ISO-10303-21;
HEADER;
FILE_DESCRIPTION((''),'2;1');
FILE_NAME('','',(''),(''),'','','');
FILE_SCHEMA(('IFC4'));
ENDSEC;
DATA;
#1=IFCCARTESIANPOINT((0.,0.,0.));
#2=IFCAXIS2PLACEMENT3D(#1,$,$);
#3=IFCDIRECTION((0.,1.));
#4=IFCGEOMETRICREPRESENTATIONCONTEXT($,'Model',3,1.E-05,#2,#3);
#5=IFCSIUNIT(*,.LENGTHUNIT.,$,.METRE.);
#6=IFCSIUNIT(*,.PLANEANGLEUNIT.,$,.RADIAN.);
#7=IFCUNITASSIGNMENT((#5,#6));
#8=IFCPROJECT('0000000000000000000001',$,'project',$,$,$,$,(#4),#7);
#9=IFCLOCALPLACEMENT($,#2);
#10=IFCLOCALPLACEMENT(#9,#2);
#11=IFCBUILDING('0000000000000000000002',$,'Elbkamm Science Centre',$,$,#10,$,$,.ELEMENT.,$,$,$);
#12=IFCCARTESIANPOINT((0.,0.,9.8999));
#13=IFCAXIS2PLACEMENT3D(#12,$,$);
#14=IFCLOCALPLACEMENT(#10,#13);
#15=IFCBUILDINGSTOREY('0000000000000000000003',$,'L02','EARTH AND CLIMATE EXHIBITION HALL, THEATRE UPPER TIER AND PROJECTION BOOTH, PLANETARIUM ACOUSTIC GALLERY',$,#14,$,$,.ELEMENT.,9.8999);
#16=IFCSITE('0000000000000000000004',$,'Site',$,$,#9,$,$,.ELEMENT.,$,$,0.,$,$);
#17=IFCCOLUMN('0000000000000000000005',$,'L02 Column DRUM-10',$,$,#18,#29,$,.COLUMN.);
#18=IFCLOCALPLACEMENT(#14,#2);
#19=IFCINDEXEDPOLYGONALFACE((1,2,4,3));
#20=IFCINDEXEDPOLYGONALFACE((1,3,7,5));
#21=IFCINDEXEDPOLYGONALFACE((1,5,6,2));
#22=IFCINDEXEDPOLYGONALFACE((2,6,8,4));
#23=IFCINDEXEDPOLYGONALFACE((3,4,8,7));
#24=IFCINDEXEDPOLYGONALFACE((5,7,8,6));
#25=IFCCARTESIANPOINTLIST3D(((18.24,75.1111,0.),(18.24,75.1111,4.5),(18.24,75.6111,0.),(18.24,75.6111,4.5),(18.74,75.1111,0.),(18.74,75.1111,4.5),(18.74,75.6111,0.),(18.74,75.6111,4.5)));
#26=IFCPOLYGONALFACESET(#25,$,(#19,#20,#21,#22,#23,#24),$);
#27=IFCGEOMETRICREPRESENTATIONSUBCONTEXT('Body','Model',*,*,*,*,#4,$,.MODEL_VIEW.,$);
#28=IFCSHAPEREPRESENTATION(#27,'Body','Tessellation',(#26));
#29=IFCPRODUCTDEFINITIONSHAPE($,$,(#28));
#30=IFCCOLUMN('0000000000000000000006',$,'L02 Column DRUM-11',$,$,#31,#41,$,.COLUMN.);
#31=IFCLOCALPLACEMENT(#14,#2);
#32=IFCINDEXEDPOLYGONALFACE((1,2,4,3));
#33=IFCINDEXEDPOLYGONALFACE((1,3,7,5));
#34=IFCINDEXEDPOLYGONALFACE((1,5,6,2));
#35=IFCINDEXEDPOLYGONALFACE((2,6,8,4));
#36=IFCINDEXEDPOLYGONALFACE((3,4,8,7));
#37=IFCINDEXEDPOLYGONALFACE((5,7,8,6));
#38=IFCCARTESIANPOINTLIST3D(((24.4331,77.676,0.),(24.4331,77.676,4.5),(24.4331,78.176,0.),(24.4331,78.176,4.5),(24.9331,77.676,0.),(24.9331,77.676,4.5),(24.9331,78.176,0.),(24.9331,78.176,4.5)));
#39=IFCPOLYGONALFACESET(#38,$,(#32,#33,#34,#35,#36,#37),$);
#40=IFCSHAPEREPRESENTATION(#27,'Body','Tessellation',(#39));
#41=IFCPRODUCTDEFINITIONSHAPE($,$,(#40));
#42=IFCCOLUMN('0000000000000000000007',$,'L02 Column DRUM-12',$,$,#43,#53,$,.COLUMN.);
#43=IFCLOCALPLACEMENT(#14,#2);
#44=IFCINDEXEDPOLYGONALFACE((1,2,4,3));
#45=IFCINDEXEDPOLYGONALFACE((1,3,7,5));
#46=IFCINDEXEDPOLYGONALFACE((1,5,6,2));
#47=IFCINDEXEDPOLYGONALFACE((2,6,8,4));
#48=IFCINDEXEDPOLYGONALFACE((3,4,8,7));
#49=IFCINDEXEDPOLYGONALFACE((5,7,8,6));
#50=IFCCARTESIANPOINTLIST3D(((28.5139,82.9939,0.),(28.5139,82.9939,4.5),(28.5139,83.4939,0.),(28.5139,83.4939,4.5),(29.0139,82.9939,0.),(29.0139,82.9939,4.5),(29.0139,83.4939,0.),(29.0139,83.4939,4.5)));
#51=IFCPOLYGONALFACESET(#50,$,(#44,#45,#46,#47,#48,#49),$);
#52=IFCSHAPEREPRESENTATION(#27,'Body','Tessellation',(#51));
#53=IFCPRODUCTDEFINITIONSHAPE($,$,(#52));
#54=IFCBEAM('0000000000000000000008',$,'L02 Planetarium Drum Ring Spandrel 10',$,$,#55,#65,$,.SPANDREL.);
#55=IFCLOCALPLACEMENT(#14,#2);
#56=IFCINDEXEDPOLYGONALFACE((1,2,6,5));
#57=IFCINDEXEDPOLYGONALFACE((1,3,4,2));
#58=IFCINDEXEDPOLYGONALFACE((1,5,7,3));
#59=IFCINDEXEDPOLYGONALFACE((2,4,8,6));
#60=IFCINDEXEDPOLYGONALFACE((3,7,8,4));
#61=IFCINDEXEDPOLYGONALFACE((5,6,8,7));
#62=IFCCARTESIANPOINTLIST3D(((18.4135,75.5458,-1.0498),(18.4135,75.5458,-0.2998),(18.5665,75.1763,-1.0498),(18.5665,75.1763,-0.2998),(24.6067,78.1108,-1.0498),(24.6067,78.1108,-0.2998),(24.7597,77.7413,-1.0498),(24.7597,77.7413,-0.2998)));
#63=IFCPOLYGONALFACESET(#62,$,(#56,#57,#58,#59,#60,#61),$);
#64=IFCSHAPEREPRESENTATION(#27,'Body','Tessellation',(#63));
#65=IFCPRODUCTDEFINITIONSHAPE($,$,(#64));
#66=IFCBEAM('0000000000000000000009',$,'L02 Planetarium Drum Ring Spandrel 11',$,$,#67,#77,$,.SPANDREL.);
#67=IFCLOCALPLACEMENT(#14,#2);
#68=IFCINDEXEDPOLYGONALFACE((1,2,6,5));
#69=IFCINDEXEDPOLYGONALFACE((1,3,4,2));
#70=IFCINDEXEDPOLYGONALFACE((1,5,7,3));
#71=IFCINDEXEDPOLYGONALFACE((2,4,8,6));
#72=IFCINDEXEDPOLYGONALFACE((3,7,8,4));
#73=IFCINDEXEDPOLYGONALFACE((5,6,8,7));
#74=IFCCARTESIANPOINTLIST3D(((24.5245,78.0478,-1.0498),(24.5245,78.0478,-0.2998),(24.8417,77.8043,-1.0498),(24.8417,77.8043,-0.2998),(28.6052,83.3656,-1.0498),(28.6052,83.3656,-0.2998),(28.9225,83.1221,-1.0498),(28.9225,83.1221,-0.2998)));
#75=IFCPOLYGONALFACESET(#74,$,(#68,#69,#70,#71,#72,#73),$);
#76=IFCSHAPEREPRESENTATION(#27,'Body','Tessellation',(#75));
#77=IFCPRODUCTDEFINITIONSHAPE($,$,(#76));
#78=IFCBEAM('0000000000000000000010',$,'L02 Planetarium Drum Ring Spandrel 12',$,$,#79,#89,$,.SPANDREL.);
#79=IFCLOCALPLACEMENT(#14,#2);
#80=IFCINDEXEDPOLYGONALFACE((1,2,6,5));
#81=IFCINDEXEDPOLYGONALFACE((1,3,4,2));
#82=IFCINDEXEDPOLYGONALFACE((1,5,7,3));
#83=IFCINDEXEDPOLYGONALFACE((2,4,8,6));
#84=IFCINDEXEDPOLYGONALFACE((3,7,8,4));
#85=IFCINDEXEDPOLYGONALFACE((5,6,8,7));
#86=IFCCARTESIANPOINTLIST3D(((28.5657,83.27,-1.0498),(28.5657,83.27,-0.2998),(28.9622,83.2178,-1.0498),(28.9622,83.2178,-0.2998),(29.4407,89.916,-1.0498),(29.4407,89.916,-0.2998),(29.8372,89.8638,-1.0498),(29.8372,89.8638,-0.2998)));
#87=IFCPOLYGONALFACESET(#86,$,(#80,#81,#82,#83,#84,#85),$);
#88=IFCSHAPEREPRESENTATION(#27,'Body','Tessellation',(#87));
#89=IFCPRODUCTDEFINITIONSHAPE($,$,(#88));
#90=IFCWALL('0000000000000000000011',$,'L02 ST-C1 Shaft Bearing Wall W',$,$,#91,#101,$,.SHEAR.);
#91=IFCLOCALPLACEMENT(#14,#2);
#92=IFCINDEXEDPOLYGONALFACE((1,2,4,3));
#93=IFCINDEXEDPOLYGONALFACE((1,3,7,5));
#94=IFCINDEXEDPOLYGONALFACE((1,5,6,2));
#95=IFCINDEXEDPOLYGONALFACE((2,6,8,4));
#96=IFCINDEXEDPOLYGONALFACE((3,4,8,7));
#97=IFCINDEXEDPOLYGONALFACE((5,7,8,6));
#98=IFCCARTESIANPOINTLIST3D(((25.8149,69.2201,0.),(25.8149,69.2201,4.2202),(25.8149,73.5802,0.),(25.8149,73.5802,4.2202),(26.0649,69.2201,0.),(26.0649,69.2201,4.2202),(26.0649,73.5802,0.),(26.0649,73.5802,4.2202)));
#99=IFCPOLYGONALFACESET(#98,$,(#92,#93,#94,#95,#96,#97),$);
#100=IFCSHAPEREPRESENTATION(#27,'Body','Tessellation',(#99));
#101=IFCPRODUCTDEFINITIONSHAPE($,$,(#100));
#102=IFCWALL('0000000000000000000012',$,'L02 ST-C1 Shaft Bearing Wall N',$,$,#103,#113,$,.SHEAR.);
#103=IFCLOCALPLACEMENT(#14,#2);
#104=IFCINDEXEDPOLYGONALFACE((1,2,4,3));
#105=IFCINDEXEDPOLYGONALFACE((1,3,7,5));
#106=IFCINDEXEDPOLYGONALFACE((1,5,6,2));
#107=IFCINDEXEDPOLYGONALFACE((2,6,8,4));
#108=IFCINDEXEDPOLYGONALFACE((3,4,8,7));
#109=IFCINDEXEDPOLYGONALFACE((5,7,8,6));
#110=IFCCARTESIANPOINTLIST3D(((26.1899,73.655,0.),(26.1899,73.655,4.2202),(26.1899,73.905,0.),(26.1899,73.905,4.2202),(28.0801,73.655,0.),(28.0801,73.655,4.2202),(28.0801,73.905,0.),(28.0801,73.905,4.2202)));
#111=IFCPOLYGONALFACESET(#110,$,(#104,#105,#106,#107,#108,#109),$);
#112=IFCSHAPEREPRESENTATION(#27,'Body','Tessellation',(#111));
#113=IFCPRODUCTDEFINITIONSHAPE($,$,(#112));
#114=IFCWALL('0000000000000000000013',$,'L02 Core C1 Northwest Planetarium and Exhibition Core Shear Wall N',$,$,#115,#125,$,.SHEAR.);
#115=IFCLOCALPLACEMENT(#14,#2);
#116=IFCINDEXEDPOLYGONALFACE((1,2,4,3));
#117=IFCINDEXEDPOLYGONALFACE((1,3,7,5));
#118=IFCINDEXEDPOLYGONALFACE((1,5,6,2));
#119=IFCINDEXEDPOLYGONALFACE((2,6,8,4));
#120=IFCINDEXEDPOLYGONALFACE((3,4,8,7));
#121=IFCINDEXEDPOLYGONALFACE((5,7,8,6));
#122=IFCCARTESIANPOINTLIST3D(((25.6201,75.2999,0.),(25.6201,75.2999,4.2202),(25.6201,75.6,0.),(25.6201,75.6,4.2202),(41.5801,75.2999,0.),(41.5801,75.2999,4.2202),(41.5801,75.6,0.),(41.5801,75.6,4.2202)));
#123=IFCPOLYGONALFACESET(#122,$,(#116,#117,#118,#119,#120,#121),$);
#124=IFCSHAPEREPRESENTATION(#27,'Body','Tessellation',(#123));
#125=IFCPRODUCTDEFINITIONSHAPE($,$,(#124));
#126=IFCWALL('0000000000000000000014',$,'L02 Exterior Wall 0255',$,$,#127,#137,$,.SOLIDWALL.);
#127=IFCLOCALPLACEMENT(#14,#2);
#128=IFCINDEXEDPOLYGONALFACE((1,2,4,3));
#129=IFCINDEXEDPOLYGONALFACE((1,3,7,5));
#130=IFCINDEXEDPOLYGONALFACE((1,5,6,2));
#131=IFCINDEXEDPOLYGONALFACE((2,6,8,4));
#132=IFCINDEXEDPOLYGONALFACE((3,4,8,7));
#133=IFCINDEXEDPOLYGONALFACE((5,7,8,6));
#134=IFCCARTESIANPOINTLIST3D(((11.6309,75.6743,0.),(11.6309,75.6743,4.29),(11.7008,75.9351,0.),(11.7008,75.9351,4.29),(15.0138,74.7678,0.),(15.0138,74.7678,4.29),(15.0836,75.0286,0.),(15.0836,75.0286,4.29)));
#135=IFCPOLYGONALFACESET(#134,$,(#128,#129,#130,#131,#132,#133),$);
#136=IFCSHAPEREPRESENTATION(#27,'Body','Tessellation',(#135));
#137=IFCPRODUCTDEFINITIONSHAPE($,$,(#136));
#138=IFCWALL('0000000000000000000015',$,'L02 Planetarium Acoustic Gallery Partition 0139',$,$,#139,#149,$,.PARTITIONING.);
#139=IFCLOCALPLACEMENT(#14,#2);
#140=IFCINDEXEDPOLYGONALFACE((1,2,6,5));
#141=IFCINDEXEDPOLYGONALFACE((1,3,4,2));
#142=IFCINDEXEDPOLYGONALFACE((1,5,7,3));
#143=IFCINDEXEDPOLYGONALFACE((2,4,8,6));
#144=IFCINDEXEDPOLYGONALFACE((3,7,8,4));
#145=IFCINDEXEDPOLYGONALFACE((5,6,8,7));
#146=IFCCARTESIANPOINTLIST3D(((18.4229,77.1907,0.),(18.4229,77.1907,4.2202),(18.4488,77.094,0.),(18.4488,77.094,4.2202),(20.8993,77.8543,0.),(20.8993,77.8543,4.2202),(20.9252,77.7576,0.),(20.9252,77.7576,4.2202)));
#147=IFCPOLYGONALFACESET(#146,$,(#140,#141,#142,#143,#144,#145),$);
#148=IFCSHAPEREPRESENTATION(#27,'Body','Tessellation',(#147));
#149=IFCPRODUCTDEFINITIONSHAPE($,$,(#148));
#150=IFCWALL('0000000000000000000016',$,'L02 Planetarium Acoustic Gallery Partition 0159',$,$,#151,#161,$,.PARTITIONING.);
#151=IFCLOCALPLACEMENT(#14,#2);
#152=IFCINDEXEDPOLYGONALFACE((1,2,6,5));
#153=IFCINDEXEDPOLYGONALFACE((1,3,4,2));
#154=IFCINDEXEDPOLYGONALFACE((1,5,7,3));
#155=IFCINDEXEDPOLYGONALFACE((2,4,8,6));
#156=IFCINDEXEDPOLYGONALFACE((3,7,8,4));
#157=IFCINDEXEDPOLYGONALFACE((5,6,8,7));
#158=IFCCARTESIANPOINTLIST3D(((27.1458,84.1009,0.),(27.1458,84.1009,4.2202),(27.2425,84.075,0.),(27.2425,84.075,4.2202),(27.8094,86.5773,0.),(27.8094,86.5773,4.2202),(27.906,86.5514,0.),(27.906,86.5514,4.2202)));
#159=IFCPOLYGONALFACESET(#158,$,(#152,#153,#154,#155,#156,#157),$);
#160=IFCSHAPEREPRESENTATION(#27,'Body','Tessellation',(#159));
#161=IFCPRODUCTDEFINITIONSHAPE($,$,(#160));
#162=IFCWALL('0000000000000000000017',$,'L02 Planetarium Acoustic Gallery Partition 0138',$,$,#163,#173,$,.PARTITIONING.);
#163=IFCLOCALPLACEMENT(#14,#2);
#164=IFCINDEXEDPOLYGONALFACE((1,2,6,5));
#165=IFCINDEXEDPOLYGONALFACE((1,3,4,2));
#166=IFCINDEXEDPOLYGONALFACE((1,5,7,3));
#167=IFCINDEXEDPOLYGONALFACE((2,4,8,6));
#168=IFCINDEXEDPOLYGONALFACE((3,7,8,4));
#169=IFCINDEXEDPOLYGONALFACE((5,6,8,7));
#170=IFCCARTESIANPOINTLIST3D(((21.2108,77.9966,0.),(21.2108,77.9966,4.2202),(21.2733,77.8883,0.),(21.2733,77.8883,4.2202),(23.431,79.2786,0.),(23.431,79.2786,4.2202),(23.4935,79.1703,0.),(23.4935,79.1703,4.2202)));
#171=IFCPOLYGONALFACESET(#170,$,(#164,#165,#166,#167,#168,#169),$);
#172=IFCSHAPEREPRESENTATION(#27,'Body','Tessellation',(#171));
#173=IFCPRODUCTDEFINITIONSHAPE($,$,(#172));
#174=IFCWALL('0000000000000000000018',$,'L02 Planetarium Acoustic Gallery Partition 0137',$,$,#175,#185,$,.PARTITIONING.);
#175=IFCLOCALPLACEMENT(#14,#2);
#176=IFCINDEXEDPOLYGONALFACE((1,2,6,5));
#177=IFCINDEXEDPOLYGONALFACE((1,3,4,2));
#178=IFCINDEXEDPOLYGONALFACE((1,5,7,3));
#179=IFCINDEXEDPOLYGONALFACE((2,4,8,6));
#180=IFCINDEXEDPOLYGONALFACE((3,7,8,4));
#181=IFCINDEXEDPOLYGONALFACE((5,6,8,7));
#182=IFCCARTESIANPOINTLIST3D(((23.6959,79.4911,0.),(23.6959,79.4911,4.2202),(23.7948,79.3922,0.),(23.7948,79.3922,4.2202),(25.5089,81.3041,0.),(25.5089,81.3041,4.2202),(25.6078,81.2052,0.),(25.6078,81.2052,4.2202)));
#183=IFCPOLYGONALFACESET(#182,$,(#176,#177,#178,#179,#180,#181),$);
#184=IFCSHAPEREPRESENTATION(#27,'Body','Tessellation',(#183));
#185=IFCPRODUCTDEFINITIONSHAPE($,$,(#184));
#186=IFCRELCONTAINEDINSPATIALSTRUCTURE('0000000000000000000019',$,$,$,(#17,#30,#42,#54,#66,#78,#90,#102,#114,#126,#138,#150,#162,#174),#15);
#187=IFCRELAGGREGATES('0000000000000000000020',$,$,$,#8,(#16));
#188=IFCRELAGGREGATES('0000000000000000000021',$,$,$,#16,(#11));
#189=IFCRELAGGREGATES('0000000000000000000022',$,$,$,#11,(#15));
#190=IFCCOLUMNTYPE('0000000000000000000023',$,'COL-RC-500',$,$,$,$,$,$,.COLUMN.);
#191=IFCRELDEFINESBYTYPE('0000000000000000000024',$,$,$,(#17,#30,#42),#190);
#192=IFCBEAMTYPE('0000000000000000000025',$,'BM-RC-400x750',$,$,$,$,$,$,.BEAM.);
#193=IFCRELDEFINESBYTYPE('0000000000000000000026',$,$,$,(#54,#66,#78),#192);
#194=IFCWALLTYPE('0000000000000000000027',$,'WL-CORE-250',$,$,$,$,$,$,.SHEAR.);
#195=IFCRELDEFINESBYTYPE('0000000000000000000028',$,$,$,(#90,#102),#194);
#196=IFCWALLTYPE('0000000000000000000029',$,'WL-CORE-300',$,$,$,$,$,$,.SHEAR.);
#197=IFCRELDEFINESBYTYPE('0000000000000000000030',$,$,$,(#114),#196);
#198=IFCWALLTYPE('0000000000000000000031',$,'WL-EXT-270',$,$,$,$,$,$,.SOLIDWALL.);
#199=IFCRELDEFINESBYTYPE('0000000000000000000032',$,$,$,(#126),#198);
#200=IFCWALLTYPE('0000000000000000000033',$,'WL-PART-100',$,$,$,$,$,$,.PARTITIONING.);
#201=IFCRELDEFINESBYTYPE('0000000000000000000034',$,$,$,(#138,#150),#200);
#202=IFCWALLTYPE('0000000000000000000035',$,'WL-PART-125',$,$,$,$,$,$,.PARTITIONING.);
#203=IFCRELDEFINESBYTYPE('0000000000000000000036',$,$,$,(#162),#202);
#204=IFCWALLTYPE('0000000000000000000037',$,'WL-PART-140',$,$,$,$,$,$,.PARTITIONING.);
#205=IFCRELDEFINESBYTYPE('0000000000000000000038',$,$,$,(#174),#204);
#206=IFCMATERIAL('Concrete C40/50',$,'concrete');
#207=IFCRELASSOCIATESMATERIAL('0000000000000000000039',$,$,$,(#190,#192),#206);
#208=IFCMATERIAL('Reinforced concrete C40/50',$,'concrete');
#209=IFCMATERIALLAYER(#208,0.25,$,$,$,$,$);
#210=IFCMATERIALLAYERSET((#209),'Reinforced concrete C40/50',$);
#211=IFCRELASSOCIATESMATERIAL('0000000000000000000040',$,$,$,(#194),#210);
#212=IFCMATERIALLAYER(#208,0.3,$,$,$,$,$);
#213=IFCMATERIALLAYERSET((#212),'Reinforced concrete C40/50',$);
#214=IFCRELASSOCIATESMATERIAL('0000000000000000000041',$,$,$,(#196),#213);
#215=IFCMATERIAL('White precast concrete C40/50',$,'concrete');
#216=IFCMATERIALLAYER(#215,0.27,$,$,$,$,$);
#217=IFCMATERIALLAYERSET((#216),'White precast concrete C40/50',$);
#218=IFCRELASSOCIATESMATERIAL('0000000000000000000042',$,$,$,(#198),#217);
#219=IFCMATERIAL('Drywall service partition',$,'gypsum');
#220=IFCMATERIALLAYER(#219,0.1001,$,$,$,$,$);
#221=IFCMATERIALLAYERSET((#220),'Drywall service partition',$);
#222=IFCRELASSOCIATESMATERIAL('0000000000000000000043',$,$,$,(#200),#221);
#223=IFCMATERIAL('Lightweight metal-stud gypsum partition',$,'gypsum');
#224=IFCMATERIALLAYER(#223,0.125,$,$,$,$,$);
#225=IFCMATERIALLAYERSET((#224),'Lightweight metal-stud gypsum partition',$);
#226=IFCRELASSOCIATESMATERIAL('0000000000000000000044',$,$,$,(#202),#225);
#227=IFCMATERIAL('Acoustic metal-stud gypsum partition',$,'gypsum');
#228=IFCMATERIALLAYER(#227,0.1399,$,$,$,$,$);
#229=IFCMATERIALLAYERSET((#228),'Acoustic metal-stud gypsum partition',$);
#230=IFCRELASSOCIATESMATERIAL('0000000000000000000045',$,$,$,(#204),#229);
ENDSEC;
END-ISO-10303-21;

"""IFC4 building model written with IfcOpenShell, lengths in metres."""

from ifc_helpers import new_model, si_unit, direction, frame, frame_2d, origin, origin_2d, place, context, subcontext, project, spatial, rectangle, extrude, material, layer, layer_set, material_profile, profile_set, type_object, element, save


model = new_model("IFC4")

# Units and contexts
model_context = context("Model", 3, precision=1e-05, world=origin(), true_north=direction((0.0, 1.0)))
body_context = subcontext(model_context, "Body", "Model", "MODEL_VIEW")
ifc_project = project(units=[si_unit("LENGTHUNIT", "METRE"), si_unit("PLANEANGLEUNIT", "RADIAN")], contexts=[model_context])

# Site, building, storey
site_placement = place(None, origin())
site = spatial("IfcSite", under=ifc_project, at=site_placement, Name="Site", CompositionType="ELEMENT", RefElevation=0.0)
building_placement = place(site_placement, origin())
building = spatial("IfcBuilding", under=site, at=building_placement, Name="Elbkamm Science Centre", CompositionType="ELEMENT")
storey_placement = place(building_placement, frame((0.0, 0.0, 9.8999)))
storey = spatial("IfcBuildingStorey", under=building, at=storey_placement, Name="L02", Description="EARTH AND CLIMATE EXHIBITION HALL, THEATRE UPPER TIER AND PROJECTION BOOTH, PLANETARIUM ACOUSTIC GALLERY", CompositionType="ELEMENT", Elevation=9.8999)

# Columns
ifc_material_1 = material(Name="Concrete C40/50", Category="concrete")
ifc_material_profile_1 = material_profile(ifc_material_1, rectangle(XDim=0.5, YDim=0.5, at=origin_2d()), Name="RC 500x500")
ifc_profile_set_1 = profile_set([ifc_material_profile_1], Name="Concrete C40/50")
column_type = type_object("IfcColumnType", Name="COL-RC-500", PredefinedType="COLUMN", material=ifc_profile_set_1)
for number, where, z_axis, x_axis, name in (
    (1, (18.49, 75.3611, 0.0), (0.0, 0.0, 1.0), (1.0, 0.0, 0.0), "L02 Column DRUM-10"),
    (2, (24.6831, 77.926, 0.0), (0.0, 0.0, 1.0), (1.0, 0.0, 0.0), "L02 Column DRUM-11"),
    (3, (28.7639, 83.2439, 0.0), (0.0, 0.0, 1.0), (1.0, 0.0, 0.0), "L02 Column DRUM-12"),
):
    element("IfcColumn", number, at=place(storey_placement, frame(where, z_axis=z_axis, x_axis=x_axis)), inside=storey, type_object=column_type, Name=name, PredefinedType="COLUMN", context=body_context, shape_type="SweptSolid", body=[
        extrude(rectangle(XDim=0.5, YDim=0.5, at=origin_2d()), origin(), (0.0, 0.0, 1.0), 4.5),
    ])

# Beams
ifc_material_profile_2 = material_profile(ifc_material_1, rectangle(XDim=0.3999, YDim=0.75, at=origin_2d()), Name="RC 400x750")
ifc_profile_set_2 = profile_set([ifc_material_profile_2], Name="Concrete C40/50")
beam_type = type_object("IfcBeamType", Name="BM-RC-400x750", PredefinedType="BEAM", material=ifc_profile_set_2)
beam_1_placement = place(storey_placement, frame((18.49, 75.3611, -0.6748), z_axis=(0.923897, 0.382641, 0.0), x_axis=(-0.382641, 0.923897, 0.0)))
element("IfcBeam", 4, at=beam_1_placement, inside=storey, type_object=beam_type, Name="L02 Planetarium Drum Ring Spandrel 10", PredefinedType="SPANDREL", context=body_context, shape_type="SweptSolid", body=[
    extrude(rectangle(XDim=0.3999, YDim=0.75, at=origin_2d()), origin(), (0.0, 0.0, 1.0), 6.7034),
])
beam_2_placement = place(storey_placement, frame((24.6831, 77.926, -0.6748), z_axis=(0.608786, 0.793334, 0.0), x_axis=(-0.793334, 0.608786, 0.0)))
element("IfcBeam", 5, at=beam_2_placement, inside=storey, type_object=beam_type, Name="L02 Planetarium Drum Ring Spandrel 11", PredefinedType="SPANDREL", context=body_context, shape_type="SweptSolid", body=[
    extrude(rectangle(XDim=0.3999, YDim=0.75, at=origin_2d()), origin(), (0.0, 0.0, 1.0), 6.7031),
])
beam_3_placement = place(storey_placement, frame((28.7639, 83.2439, -0.6748), z_axis=(0.130532, 0.991444, 0.0), x_axis=(-0.991444, 0.130532, 0.0)))
element("IfcBeam", 6, at=beam_3_placement, inside=storey, type_object=beam_type, Name="L02 Planetarium Drum Ring Spandrel 12", PredefinedType="SPANDREL", context=body_context, shape_type="SweptSolid", body=[
    extrude(rectangle(XDim=0.3999, YDim=0.75, at=origin_2d()), origin(), (0.0, 0.0, 1.0), 6.7034),
])

# Walls
ifc_material_2 = material(Name="Reinforced concrete C40/50", Category="concrete")
ifc_layer_1 = layer(ifc_material_2, 0.25)
ifc_layer_set_1 = layer_set([ifc_layer_1], Name="Reinforced concrete C40/50")
wall_type_1 = type_object("IfcWallType", Name="WL-CORE-250", PredefinedType="SHEAR", material=ifc_layer_set_1)
wall_1_placement = place(storey_placement, frame((25.9399, 69.22, 0.0), z_axis=(0.0, 0.0, 1.0), x_axis=(0.0, 1.0, 0.0)))
element("IfcWall", 7, at=wall_1_placement, inside=storey, type_object=wall_type_1, Name="L02 ST-C1 Shaft Bearing Wall W", PredefinedType="SHEAR", context=body_context, shape_type="SweptSolid", body=[
    extrude(rectangle(XDim=4.3601, YDim=0.25, at=frame_2d((2.1802, 0.0))), origin(), (0.0, 0.0, 1.0), 4.2202),
])
wall_2_placement = place(storey_placement, frame((26.1899, 73.78, 0.0), z_axis=(0.0, 0.0, 1.0), x_axis=(1.0, 0.0, 0.0)))
element("IfcWall", 8, at=wall_2_placement, inside=storey, type_object=wall_type_1, Name="L02 ST-C1 Shaft Bearing Wall N", PredefinedType="SHEAR", context=body_context, shape_type="SweptSolid", body=[
    extrude(rectangle(XDim=1.8901, YDim=0.25, at=frame_2d((0.9451, 0.0))), origin(), (0.0, 0.0, 1.0), 4.2202),
])
ifc_layer_2 = layer(ifc_material_2, 0.3)
ifc_layer_set_2 = layer_set([ifc_layer_2], Name="Reinforced concrete C40/50")
wall_type_2 = type_object("IfcWallType", Name="WL-CORE-300", PredefinedType="SHEAR", material=ifc_layer_set_2)
wall_3_placement = place(storey_placement, frame((25.6201, 75.45, 0.0), z_axis=(0.0, 0.0, 1.0), x_axis=(1.0, 0.0, 0.0)))
element("IfcWall", 9, at=wall_3_placement, inside=storey, type_object=wall_type_2, Name="L02 Core C1 Northwest Planetarium and Exhibition Core Shear Wall N", PredefinedType="SHEAR", context=body_context, shape_type="SweptSolid", body=[
    extrude(rectangle(XDim=15.96, YDim=0.3, at=frame_2d((7.98, 0.0))), origin(), (0.0, 0.0, 1.0), 4.2202),
])
ifc_material_3 = material(Name="White precast concrete C40/50", Category="concrete")
ifc_layer_3 = layer(ifc_material_3, 0.27)
ifc_layer_set_3 = layer_set([ifc_layer_3], Name="White precast concrete C40/50")
wall_type_3 = type_object("IfcWallType", Name="WL-EXT-270", PredefinedType="SOLIDWALL", material=ifc_layer_set_3)
wall_4_placement = place(storey_placement, frame((15.0486, 74.8982, 0.0), z_axis=(0.0, 0.0, 1.0), x_axis=(-0.965921, 0.258838, 0.0)))
element("IfcWall", 10, at=wall_4_placement, inside=storey, type_object=wall_type_3, Name="L02 Exterior Wall 0255", PredefinedType="SOLIDWALL", context=body_context, shape_type="SweptSolid", body=[
    extrude(rectangle(XDim=3.5022, YDim=0.27, at=frame_2d((1.751, 0.0))), origin(), (0.0, 0.0, 1.0), 4.29),
])
ifc_material_4 = material(Name="Drywall service partition", Category="gypsum")
ifc_layer_4 = layer(ifc_material_4, 0.1001)
ifc_layer_set_4 = layer_set([ifc_layer_4], Name="Drywall service partition")
wall_type_4 = type_object("IfcWallType", Name="WL-PART-100", PredefinedType="PARTITIONING", material=ifc_layer_set_4)
for number, where, z_axis, x_axis, name in (
    (11, (20.9121, 77.8059, 0.0), (0.0, 0.0, 1.0), (-0.965921, -0.258836, 0.0), "L02 Planetarium Acoustic Gallery Partition 0139"),
    (12, (27.8577, 86.5642, 0.0), (0.0, 0.0, 1.0), (-0.258836, -0.965921, 0.0), "L02 Planetarium Acoustic Gallery Partition 0159"),
):
    element("IfcWall", number, at=place(storey_placement, frame(where, z_axis=z_axis, x_axis=x_axis)), inside=storey, type_object=wall_type_4, Name=name, PredefinedType="PARTITIONING", context=body_context, shape_type="SweptSolid", body=[
        extrude(rectangle(XDim=2.5637, YDim=0.1001, at=frame_2d((1.2817, 0.0))), origin(), (0.0, 0.0, 1.0), 4.2202),
    ])
ifc_material_5 = material(Name="Lightweight metal-stud gypsum partition", Category="gypsum")
ifc_layer_5 = layer(ifc_material_5, 0.125)
ifc_layer_set_5 = layer_set([ifc_layer_5], Name="Lightweight metal-stud gypsum partition")
wall_type_5 = type_object("IfcWallType", Name="WL-PART-125", PredefinedType="PARTITIONING", material=ifc_layer_set_5)
wall_5_placement = place(storey_placement, frame((23.4622, 79.2244, 0.0), z_axis=(0.0, 0.0, 1.0), x_axis=(-0.866002, -0.500041, 0.0)))
element("IfcWall", 13, at=wall_5_placement, inside=storey, type_object=wall_type_5, Name="L02 Planetarium Acoustic Gallery Partition 0138", PredefinedType="PARTITIONING", context=body_context, shape_type="SweptSolid", body=[
    extrude(rectangle(XDim=2.5637, YDim=0.125, at=frame_2d((1.2817, 0.0))), origin(), (0.0, 0.0, 1.0), 4.2202),
])
ifc_material_6 = material(Name="Acoustic metal-stud gypsum partition", Category="gypsum")
ifc_layer_6 = layer(ifc_material_6, 0.1399)
ifc_layer_set_6 = layer_set([ifc_layer_6], Name="Acoustic metal-stud gypsum partition")
wall_type_6 = type_object("IfcWallType", Name="WL-PART-140", PredefinedType="PARTITIONING", material=ifc_layer_set_6)
for number, where, z_axis, x_axis, name in (
    (14, (25.5583, 81.2546, 0.0), (0.0, 0.0, 1.0), (-0.707107, -0.707107, 0.0), "L02 Planetarium Acoustic Gallery Partition 0137"),
):
    element("IfcWall", number, at=place(storey_placement, frame(where, z_axis=z_axis, x_axis=x_axis)), inside=storey, type_object=wall_type_6, Name=name, PredefinedType="PARTITIONING", context=body_context, shape_type="SweptSolid", body=[
        extrude(rectangle(XDim=2.564, YDim=0.1399, at=frame_2d((1.282, 0.0))), origin(), (0.0, 0.0, 1.0), 4.2202),
    ])

save(model, "model.ifc")
